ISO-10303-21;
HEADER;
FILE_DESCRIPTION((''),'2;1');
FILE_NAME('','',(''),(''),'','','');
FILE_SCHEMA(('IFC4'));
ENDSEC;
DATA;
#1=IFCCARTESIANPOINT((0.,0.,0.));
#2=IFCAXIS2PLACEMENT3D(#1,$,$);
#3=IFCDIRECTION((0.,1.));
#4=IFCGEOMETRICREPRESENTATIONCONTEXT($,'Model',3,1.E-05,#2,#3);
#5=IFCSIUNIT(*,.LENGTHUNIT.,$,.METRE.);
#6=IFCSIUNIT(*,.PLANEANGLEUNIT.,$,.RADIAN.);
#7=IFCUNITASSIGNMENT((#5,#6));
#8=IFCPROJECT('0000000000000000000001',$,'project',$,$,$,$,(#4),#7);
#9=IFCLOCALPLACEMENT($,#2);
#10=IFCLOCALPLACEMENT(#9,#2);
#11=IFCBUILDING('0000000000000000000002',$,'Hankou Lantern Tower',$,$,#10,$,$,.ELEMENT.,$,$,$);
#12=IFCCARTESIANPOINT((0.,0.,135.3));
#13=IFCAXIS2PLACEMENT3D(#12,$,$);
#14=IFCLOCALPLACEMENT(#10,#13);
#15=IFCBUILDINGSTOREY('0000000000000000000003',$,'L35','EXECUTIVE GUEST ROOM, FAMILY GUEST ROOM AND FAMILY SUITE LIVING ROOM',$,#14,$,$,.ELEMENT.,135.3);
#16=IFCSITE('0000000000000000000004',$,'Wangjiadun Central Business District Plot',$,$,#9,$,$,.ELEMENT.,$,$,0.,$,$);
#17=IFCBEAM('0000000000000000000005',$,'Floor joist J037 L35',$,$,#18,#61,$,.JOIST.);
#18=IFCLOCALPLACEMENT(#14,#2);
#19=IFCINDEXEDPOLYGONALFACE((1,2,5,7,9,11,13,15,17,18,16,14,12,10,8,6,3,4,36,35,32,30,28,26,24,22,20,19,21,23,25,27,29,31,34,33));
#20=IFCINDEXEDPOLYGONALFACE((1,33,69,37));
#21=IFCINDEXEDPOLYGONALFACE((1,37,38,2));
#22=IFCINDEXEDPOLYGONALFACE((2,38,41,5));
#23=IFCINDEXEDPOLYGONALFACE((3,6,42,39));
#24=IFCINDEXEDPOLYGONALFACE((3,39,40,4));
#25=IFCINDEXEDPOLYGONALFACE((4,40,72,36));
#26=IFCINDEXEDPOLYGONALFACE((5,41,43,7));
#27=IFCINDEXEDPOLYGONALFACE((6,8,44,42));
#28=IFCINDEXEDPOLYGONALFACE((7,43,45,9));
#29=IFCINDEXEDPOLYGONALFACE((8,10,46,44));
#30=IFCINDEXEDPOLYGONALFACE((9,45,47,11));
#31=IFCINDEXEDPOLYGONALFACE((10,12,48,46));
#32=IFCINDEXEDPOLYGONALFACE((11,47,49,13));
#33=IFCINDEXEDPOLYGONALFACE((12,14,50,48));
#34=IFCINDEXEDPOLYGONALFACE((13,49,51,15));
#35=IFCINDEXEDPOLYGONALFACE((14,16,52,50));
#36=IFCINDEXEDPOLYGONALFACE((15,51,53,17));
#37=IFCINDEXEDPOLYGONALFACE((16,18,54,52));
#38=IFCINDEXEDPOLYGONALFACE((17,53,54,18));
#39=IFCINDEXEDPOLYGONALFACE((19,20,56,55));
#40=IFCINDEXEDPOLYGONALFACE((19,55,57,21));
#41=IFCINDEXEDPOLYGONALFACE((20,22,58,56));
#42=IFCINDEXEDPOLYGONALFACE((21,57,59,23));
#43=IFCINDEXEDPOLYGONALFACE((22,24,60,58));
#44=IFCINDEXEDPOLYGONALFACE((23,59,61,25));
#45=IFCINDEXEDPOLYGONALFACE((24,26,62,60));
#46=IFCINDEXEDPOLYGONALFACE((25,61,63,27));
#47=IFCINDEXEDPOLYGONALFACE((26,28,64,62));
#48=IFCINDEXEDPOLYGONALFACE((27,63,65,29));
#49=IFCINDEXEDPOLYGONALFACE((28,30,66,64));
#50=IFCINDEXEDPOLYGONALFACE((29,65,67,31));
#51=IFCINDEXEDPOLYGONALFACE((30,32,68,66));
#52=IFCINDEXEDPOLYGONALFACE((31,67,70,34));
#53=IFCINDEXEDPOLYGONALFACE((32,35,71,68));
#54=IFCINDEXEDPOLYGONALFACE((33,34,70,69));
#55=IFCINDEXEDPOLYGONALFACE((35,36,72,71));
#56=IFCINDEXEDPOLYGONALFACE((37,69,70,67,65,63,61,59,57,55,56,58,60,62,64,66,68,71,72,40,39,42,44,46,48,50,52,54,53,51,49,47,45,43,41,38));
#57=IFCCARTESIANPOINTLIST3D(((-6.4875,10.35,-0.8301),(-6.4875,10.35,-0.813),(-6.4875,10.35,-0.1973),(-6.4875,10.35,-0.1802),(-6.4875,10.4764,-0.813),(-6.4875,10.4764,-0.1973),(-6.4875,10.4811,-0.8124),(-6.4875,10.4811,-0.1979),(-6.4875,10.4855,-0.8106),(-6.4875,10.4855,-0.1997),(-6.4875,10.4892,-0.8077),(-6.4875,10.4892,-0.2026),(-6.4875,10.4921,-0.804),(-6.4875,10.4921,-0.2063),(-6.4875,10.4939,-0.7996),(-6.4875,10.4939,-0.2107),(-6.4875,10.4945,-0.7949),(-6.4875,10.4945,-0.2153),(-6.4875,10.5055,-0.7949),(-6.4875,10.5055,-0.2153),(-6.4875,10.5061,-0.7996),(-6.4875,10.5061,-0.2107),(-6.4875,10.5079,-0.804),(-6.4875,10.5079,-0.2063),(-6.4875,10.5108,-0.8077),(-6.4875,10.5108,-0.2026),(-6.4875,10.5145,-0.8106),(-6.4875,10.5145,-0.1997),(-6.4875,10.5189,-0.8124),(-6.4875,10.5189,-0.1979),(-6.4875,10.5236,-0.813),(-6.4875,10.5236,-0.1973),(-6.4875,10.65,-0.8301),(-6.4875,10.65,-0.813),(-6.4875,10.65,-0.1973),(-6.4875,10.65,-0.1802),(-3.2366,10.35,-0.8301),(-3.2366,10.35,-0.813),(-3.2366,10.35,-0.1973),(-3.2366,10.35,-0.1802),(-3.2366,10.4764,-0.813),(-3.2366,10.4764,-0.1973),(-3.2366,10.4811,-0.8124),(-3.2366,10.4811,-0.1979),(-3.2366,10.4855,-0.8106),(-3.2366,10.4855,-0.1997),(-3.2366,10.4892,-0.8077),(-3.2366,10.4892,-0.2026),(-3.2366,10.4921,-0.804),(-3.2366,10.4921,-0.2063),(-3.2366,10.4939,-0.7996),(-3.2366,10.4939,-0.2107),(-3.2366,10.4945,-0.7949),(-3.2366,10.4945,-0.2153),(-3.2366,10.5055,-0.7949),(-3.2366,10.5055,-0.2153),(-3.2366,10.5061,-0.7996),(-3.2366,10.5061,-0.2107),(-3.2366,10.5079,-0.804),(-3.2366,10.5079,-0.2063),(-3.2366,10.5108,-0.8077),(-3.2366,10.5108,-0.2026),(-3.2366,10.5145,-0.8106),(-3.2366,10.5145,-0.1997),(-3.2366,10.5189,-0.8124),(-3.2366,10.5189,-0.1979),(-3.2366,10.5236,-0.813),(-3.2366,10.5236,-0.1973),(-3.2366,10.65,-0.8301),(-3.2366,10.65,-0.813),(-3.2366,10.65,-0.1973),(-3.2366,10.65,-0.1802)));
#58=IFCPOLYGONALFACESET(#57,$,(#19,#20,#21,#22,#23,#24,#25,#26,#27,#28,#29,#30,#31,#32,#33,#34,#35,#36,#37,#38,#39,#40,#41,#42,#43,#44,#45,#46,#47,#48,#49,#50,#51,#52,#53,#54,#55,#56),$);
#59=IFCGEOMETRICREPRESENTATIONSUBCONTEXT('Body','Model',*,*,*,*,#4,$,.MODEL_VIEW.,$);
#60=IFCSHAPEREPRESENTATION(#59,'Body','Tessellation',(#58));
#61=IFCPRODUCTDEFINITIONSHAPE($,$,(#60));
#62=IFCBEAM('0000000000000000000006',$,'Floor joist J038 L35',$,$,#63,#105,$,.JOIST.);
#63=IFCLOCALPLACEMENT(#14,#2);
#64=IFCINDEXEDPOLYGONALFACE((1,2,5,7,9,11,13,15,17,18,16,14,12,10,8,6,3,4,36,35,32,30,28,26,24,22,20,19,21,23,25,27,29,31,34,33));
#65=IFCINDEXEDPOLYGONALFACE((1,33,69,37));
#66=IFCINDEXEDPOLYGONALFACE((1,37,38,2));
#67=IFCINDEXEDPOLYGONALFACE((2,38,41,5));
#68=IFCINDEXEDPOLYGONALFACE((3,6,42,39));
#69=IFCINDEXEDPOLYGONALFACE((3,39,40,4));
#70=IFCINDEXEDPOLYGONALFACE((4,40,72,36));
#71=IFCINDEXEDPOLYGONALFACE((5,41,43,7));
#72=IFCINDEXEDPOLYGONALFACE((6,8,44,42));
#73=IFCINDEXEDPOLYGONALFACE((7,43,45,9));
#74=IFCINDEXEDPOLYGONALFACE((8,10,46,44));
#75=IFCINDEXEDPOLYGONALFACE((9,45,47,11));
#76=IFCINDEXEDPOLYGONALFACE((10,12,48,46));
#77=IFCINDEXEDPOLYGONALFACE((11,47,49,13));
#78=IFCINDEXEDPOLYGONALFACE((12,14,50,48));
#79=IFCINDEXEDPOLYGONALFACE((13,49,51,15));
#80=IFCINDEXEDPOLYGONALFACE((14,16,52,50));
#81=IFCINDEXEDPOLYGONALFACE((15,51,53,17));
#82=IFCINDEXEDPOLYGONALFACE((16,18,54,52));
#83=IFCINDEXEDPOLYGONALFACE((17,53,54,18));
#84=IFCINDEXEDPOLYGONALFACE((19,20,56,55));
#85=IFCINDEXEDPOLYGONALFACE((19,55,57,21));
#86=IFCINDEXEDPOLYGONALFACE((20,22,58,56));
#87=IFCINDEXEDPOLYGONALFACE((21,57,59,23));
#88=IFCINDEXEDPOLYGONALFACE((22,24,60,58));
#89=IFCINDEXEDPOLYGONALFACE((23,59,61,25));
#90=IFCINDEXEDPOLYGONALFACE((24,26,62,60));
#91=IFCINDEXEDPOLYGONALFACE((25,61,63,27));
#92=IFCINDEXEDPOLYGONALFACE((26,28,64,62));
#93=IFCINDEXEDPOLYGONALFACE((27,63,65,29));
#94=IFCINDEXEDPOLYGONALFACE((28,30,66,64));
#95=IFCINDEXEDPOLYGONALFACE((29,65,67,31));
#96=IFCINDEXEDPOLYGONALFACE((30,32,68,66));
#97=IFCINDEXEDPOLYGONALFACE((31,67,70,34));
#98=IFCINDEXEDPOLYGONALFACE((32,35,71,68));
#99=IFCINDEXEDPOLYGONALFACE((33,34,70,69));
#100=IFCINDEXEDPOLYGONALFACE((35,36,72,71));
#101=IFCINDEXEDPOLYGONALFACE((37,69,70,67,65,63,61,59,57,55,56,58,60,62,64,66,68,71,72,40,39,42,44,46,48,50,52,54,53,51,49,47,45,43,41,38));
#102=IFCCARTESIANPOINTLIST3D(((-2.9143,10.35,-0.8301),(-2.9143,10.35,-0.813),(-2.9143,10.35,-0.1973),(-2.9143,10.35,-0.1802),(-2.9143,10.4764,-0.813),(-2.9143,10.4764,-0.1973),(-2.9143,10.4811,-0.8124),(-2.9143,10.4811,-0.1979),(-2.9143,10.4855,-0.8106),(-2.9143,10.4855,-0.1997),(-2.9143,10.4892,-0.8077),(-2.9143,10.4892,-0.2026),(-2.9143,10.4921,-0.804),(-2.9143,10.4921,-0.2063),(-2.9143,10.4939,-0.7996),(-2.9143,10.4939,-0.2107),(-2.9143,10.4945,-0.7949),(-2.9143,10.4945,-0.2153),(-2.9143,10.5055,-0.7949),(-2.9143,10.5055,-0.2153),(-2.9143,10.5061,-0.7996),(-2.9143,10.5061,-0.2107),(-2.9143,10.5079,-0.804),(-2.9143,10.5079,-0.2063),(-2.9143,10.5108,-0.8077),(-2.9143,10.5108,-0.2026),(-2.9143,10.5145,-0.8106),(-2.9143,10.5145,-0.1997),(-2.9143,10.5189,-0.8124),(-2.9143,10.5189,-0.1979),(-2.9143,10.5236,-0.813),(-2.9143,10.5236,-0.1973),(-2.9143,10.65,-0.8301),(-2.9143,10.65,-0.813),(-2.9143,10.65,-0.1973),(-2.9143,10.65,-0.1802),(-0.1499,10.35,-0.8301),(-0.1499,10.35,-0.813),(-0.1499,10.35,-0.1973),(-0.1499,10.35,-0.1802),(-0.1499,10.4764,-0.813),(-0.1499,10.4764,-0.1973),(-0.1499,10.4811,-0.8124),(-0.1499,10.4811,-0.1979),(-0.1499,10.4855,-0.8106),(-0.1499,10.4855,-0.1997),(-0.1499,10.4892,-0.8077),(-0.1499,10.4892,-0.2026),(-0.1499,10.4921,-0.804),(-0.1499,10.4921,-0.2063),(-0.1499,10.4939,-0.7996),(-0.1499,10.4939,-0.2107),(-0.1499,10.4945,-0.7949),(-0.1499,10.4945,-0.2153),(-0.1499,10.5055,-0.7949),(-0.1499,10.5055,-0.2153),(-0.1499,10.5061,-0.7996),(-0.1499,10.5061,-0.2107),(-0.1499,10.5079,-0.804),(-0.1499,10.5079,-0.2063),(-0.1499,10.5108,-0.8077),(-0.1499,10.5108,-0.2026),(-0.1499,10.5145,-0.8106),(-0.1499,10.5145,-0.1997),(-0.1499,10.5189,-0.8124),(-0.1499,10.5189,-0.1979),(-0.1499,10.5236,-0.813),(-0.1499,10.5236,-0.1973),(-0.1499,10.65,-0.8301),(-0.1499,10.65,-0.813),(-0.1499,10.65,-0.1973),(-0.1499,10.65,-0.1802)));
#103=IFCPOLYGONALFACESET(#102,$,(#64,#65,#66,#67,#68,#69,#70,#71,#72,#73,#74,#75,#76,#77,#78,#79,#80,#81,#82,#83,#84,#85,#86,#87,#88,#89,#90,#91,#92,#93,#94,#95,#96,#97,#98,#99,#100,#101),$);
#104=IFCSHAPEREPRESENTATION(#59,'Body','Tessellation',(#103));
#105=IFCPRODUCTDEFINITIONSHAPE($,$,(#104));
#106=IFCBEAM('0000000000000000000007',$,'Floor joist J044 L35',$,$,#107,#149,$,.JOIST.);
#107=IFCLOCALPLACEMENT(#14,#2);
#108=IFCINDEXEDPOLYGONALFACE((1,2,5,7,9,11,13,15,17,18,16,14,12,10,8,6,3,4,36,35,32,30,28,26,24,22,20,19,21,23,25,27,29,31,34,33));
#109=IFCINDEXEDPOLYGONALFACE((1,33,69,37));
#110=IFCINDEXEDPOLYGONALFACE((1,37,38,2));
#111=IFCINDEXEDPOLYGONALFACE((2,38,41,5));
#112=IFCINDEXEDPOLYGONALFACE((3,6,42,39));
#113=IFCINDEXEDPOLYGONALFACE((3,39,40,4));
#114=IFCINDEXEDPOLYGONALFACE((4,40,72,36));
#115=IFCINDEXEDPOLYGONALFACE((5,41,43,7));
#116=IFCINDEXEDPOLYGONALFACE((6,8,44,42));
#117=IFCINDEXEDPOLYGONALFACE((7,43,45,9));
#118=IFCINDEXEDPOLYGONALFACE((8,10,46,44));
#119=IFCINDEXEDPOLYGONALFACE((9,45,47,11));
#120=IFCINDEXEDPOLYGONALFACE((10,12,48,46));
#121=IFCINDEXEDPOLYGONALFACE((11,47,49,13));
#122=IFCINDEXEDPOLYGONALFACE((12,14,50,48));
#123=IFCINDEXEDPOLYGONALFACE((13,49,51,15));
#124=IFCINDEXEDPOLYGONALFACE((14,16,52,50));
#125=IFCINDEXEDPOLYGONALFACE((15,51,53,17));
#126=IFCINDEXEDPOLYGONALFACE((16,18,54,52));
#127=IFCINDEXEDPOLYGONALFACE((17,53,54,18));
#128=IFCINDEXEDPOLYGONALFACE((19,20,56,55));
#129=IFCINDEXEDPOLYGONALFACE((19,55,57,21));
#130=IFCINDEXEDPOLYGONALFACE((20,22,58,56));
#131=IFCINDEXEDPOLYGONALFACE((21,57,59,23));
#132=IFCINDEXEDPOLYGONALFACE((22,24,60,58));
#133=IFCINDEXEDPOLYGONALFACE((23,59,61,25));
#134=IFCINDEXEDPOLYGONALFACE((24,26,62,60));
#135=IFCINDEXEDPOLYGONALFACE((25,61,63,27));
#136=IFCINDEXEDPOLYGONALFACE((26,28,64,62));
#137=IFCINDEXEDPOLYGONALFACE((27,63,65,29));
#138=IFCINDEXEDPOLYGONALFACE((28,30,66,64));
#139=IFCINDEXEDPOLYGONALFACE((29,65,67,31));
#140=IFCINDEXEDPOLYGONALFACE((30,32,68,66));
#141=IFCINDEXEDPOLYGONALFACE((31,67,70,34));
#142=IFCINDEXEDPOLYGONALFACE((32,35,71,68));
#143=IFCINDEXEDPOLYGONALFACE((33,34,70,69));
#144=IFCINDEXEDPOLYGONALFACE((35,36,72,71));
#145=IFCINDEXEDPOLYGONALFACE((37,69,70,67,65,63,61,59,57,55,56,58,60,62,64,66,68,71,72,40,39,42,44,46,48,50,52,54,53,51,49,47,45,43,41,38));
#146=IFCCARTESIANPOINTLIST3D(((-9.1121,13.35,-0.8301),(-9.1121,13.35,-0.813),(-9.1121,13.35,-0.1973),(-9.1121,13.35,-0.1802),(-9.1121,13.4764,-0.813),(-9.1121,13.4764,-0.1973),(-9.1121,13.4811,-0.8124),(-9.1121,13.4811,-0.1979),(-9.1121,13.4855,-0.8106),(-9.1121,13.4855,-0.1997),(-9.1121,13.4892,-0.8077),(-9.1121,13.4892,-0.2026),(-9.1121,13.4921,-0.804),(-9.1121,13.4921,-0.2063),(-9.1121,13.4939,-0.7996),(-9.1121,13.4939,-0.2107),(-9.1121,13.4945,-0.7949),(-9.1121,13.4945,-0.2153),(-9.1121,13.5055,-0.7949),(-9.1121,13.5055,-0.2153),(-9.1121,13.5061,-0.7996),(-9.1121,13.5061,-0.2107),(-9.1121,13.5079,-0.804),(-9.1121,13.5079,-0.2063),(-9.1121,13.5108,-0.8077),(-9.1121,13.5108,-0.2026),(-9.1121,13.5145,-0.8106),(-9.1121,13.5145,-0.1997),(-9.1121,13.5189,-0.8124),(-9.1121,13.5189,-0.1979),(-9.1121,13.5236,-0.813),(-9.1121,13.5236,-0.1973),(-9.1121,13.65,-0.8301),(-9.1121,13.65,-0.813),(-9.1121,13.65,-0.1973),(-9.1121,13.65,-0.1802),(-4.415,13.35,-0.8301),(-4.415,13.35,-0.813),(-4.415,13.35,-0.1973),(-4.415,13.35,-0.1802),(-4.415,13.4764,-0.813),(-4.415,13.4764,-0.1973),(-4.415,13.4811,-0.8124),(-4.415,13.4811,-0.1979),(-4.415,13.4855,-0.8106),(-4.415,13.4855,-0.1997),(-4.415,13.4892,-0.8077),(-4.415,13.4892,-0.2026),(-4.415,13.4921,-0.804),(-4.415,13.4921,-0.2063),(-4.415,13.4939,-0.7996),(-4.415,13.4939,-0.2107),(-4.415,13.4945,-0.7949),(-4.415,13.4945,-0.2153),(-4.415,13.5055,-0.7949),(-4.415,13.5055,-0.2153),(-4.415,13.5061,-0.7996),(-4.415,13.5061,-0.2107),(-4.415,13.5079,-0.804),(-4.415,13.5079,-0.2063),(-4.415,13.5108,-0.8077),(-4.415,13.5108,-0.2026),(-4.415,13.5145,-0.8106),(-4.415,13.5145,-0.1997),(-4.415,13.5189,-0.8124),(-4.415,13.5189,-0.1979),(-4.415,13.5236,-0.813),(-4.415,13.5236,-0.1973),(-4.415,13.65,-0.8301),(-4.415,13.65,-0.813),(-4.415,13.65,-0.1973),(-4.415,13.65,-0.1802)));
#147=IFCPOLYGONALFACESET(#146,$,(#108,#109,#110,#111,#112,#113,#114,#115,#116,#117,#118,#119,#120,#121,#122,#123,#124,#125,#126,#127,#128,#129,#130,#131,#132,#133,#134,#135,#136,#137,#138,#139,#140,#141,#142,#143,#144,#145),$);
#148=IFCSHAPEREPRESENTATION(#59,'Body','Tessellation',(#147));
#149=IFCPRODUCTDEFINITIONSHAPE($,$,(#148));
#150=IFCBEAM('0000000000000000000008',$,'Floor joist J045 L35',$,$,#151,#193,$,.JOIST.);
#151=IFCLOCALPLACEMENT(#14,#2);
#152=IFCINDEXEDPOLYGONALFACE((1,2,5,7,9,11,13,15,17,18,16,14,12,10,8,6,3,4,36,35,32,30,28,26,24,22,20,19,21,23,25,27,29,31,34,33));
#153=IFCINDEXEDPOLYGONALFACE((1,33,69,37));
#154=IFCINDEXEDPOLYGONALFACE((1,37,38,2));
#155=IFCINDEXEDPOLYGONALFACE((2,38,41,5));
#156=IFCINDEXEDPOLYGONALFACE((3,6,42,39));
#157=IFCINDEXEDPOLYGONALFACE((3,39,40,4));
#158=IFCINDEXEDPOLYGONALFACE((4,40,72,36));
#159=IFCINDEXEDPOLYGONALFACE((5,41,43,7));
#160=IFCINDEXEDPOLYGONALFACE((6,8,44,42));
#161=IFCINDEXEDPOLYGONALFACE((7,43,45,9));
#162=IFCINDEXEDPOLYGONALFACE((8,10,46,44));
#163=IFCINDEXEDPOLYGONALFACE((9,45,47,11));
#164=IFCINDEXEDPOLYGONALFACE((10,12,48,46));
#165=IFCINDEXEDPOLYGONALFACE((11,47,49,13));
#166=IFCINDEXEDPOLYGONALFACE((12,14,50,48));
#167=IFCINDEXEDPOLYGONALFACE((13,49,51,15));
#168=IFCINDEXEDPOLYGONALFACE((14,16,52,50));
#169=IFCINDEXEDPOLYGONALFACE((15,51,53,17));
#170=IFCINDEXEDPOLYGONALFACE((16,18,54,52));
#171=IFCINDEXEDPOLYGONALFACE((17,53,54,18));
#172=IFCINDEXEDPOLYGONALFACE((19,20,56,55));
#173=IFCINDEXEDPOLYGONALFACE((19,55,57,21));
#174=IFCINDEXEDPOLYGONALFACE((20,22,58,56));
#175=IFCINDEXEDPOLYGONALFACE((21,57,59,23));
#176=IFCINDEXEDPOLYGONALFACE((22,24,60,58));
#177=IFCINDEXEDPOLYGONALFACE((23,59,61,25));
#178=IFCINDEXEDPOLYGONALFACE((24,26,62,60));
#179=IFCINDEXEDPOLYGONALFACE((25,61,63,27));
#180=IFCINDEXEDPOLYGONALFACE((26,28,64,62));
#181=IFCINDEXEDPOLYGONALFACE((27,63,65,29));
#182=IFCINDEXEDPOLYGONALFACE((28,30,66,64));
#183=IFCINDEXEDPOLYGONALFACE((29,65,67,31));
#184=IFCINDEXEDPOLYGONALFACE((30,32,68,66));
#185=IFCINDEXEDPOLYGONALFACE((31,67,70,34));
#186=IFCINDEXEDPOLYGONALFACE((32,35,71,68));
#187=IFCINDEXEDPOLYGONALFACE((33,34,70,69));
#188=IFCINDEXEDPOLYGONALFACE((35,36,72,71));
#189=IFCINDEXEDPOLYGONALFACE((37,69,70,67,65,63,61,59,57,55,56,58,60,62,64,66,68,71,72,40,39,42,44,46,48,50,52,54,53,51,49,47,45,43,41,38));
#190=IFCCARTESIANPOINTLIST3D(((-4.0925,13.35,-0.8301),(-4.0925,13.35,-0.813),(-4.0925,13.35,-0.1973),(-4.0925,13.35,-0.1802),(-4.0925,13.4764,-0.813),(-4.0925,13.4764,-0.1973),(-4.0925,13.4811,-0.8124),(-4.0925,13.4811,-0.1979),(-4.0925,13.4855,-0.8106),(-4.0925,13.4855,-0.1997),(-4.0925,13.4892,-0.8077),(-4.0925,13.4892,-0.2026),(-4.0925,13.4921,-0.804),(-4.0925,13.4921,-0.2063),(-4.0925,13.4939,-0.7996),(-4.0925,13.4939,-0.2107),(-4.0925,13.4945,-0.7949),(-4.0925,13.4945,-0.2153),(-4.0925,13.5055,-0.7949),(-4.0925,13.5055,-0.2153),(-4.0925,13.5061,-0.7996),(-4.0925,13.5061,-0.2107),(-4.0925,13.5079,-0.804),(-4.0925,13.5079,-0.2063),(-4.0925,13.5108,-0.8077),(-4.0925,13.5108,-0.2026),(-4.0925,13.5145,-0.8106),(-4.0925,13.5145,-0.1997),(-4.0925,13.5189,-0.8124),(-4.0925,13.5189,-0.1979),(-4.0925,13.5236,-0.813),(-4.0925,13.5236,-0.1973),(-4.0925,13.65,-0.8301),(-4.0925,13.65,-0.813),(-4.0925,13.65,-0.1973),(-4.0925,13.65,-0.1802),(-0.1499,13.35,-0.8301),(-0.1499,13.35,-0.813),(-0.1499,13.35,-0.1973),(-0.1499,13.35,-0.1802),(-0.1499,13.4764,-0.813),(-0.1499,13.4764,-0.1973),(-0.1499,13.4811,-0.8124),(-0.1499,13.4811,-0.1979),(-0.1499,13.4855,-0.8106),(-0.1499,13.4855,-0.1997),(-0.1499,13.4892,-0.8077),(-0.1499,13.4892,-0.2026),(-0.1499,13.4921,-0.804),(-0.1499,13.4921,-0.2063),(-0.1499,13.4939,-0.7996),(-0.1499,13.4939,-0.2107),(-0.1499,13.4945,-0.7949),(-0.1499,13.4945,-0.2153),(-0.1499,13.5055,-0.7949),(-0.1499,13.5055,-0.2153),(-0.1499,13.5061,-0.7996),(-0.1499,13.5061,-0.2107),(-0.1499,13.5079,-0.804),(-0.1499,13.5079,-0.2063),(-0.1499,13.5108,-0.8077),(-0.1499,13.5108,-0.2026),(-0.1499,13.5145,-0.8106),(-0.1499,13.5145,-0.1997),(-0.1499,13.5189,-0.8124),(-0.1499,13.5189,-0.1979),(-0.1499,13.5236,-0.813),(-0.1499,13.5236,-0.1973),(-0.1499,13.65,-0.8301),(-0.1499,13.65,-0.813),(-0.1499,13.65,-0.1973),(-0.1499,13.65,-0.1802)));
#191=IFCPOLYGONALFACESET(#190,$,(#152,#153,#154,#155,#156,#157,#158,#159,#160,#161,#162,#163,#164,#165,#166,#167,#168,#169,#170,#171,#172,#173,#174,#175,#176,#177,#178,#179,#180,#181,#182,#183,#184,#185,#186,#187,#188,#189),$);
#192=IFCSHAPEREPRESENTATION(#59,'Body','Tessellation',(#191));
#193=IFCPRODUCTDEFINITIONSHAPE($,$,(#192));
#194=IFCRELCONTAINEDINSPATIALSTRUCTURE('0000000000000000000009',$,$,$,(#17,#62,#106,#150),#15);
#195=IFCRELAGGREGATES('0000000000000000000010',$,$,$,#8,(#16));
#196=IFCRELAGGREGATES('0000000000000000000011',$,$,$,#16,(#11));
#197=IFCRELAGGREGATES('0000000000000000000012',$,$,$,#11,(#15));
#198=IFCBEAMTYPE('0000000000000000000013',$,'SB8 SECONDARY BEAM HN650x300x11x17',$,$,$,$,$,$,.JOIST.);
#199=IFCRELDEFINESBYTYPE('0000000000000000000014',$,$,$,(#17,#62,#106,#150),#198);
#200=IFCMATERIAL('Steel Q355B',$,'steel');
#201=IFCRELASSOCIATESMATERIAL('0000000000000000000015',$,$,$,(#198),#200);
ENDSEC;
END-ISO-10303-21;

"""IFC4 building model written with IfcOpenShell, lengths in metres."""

from ifc_helpers import new_model, si_unit, direction, frame, origin, origin_2d, place, context, subcontext, project, spatial, i_section, extrude, material, material_profile, profile_set, type_object, element, save


model = new_model("IFC4")

# Units and contexts
model_context = context("Model", 3, precision=1e-05, world=origin(), true_north=direction((0.0, 1.0)))
body_context = subcontext(model_context, "Body", "Model", "MODEL_VIEW")
ifc_project = project(units=[si_unit("LENGTHUNIT", "METRE"), si_unit("PLANEANGLEUNIT", "RADIAN")], contexts=[model_context])

# Site, building, storey
site_placement = place(None, origin())
site = spatial("IfcSite", under=ifc_project, at=site_placement, Name="Wangjiadun Central Business District Plot", CompositionType="ELEMENT", RefElevation=0.0)
building_placement = place(site_placement, origin())
building = spatial("IfcBuilding", under=site, at=building_placement, Name="Hankou Lantern Tower", CompositionType="ELEMENT")
storey_placement = place(building_placement, frame((0.0, 0.0, 135.3)))
storey = spatial("IfcBuildingStorey", under=building, at=storey_placement, Name="L35", Description="EXECUTIVE GUEST ROOM, FAMILY GUEST ROOM AND FAMILY SUITE LIVING ROOM", CompositionType="ELEMENT", Elevation=135.3)

# Beams
ifc_material_1 = material(Name="Steel Q355B", Category="steel")
ifc_material_profile_1 = material_profile(ifc_material_1, i_section(OverallWidth=0.3, OverallDepth=0.6499, WebThickness=0.011, FlangeThickness=0.0171, FilletRadius=0.0181, at=origin_2d()), Name="HN650x300x11x17")
ifc_profile_set_1 = profile_set([ifc_material_profile_1], Name="Steel Q355B")
beam_type_1 = type_object("IfcBeamType", Name="SB8 SECONDARY BEAM HN650x300x11x17", PredefinedType="JOIST", material=ifc_profile_set_1)
beam_1_placement = place(storey_placement, frame((-6.4875, 10.5, -0.5051), z_axis=(1.0, 0.0, 0.0), x_axis=(0.0, 1.0, 0.0)))
element("IfcBeam", 1, at=beam_1_placement, inside=storey, type_object=beam_type_1, Name="Floor joist J037 L35", PredefinedType="JOIST", context=body_context, shape_type="SweptSolid", body=[
    extrude(i_section(OverallWidth=0.3, OverallDepth=0.6499, WebThickness=0.011, FlangeThickness=0.0171, FilletRadius=0.0181, at=origin_2d()), origin(), (0.0, 0.0, 1.0), 3.251),
])
beam_2_placement = place(storey_placement, frame((-2.9143, 10.5, -0.5051), z_axis=(1.0, 0.0, 0.0), x_axis=(0.0, 1.0, 0.0)))
element("IfcBeam", 2, at=beam_2_placement, inside=storey, type_object=beam_type_1, Name="Floor joist J038 L35", PredefinedType="JOIST", context=body_context, shape_type="SweptSolid", body=[
    extrude(i_section(OverallWidth=0.3, OverallDepth=0.6499, WebThickness=0.011, FlangeThickness=0.0171, FilletRadius=0.0181, at=origin_2d()), origin(), (0.0, 0.0, 1.0), 2.7644),
])
beam_3_placement = place(storey_placement, frame((-9.1121, 13.5, -0.5051), z_axis=(1.0, 0.0, 0.0), x_axis=(0.0, 1.0, 0.0)))
element("IfcBeam", 3, at=beam_3_placement, inside=storey, type_object=beam_type_1, Name="Floor joist J044 L35", PredefinedType="JOIST", context=body_context, shape_type="SweptSolid", body=[
    extrude(i_section(OverallWidth=0.3, OverallDepth=0.6499, WebThickness=0.011, FlangeThickness=0.0171, FilletRadius=0.0181, at=origin_2d()), origin(), (0.0, 0.0, 1.0), 4.697),
])
beam_4_placement = place(storey_placement, frame((-4.0925, 13.5, -0.5051), z_axis=(1.0, 0.0, 0.0), x_axis=(0.0, 1.0, 0.0)))
element("IfcBeam", 4, at=beam_4_placement, inside=storey, type_object=beam_type_1, Name="Floor joist J045 L35", PredefinedType="JOIST", context=body_context, shape_type="SweptSolid", body=[
    extrude(i_section(OverallWidth=0.3, OverallDepth=0.6499, WebThickness=0.011, FlangeThickness=0.0171, FilletRadius=0.0181, at=origin_2d()), origin(), (0.0, 0.0, 1.0), 3.9426),
])

save(model, "model.ifc")
